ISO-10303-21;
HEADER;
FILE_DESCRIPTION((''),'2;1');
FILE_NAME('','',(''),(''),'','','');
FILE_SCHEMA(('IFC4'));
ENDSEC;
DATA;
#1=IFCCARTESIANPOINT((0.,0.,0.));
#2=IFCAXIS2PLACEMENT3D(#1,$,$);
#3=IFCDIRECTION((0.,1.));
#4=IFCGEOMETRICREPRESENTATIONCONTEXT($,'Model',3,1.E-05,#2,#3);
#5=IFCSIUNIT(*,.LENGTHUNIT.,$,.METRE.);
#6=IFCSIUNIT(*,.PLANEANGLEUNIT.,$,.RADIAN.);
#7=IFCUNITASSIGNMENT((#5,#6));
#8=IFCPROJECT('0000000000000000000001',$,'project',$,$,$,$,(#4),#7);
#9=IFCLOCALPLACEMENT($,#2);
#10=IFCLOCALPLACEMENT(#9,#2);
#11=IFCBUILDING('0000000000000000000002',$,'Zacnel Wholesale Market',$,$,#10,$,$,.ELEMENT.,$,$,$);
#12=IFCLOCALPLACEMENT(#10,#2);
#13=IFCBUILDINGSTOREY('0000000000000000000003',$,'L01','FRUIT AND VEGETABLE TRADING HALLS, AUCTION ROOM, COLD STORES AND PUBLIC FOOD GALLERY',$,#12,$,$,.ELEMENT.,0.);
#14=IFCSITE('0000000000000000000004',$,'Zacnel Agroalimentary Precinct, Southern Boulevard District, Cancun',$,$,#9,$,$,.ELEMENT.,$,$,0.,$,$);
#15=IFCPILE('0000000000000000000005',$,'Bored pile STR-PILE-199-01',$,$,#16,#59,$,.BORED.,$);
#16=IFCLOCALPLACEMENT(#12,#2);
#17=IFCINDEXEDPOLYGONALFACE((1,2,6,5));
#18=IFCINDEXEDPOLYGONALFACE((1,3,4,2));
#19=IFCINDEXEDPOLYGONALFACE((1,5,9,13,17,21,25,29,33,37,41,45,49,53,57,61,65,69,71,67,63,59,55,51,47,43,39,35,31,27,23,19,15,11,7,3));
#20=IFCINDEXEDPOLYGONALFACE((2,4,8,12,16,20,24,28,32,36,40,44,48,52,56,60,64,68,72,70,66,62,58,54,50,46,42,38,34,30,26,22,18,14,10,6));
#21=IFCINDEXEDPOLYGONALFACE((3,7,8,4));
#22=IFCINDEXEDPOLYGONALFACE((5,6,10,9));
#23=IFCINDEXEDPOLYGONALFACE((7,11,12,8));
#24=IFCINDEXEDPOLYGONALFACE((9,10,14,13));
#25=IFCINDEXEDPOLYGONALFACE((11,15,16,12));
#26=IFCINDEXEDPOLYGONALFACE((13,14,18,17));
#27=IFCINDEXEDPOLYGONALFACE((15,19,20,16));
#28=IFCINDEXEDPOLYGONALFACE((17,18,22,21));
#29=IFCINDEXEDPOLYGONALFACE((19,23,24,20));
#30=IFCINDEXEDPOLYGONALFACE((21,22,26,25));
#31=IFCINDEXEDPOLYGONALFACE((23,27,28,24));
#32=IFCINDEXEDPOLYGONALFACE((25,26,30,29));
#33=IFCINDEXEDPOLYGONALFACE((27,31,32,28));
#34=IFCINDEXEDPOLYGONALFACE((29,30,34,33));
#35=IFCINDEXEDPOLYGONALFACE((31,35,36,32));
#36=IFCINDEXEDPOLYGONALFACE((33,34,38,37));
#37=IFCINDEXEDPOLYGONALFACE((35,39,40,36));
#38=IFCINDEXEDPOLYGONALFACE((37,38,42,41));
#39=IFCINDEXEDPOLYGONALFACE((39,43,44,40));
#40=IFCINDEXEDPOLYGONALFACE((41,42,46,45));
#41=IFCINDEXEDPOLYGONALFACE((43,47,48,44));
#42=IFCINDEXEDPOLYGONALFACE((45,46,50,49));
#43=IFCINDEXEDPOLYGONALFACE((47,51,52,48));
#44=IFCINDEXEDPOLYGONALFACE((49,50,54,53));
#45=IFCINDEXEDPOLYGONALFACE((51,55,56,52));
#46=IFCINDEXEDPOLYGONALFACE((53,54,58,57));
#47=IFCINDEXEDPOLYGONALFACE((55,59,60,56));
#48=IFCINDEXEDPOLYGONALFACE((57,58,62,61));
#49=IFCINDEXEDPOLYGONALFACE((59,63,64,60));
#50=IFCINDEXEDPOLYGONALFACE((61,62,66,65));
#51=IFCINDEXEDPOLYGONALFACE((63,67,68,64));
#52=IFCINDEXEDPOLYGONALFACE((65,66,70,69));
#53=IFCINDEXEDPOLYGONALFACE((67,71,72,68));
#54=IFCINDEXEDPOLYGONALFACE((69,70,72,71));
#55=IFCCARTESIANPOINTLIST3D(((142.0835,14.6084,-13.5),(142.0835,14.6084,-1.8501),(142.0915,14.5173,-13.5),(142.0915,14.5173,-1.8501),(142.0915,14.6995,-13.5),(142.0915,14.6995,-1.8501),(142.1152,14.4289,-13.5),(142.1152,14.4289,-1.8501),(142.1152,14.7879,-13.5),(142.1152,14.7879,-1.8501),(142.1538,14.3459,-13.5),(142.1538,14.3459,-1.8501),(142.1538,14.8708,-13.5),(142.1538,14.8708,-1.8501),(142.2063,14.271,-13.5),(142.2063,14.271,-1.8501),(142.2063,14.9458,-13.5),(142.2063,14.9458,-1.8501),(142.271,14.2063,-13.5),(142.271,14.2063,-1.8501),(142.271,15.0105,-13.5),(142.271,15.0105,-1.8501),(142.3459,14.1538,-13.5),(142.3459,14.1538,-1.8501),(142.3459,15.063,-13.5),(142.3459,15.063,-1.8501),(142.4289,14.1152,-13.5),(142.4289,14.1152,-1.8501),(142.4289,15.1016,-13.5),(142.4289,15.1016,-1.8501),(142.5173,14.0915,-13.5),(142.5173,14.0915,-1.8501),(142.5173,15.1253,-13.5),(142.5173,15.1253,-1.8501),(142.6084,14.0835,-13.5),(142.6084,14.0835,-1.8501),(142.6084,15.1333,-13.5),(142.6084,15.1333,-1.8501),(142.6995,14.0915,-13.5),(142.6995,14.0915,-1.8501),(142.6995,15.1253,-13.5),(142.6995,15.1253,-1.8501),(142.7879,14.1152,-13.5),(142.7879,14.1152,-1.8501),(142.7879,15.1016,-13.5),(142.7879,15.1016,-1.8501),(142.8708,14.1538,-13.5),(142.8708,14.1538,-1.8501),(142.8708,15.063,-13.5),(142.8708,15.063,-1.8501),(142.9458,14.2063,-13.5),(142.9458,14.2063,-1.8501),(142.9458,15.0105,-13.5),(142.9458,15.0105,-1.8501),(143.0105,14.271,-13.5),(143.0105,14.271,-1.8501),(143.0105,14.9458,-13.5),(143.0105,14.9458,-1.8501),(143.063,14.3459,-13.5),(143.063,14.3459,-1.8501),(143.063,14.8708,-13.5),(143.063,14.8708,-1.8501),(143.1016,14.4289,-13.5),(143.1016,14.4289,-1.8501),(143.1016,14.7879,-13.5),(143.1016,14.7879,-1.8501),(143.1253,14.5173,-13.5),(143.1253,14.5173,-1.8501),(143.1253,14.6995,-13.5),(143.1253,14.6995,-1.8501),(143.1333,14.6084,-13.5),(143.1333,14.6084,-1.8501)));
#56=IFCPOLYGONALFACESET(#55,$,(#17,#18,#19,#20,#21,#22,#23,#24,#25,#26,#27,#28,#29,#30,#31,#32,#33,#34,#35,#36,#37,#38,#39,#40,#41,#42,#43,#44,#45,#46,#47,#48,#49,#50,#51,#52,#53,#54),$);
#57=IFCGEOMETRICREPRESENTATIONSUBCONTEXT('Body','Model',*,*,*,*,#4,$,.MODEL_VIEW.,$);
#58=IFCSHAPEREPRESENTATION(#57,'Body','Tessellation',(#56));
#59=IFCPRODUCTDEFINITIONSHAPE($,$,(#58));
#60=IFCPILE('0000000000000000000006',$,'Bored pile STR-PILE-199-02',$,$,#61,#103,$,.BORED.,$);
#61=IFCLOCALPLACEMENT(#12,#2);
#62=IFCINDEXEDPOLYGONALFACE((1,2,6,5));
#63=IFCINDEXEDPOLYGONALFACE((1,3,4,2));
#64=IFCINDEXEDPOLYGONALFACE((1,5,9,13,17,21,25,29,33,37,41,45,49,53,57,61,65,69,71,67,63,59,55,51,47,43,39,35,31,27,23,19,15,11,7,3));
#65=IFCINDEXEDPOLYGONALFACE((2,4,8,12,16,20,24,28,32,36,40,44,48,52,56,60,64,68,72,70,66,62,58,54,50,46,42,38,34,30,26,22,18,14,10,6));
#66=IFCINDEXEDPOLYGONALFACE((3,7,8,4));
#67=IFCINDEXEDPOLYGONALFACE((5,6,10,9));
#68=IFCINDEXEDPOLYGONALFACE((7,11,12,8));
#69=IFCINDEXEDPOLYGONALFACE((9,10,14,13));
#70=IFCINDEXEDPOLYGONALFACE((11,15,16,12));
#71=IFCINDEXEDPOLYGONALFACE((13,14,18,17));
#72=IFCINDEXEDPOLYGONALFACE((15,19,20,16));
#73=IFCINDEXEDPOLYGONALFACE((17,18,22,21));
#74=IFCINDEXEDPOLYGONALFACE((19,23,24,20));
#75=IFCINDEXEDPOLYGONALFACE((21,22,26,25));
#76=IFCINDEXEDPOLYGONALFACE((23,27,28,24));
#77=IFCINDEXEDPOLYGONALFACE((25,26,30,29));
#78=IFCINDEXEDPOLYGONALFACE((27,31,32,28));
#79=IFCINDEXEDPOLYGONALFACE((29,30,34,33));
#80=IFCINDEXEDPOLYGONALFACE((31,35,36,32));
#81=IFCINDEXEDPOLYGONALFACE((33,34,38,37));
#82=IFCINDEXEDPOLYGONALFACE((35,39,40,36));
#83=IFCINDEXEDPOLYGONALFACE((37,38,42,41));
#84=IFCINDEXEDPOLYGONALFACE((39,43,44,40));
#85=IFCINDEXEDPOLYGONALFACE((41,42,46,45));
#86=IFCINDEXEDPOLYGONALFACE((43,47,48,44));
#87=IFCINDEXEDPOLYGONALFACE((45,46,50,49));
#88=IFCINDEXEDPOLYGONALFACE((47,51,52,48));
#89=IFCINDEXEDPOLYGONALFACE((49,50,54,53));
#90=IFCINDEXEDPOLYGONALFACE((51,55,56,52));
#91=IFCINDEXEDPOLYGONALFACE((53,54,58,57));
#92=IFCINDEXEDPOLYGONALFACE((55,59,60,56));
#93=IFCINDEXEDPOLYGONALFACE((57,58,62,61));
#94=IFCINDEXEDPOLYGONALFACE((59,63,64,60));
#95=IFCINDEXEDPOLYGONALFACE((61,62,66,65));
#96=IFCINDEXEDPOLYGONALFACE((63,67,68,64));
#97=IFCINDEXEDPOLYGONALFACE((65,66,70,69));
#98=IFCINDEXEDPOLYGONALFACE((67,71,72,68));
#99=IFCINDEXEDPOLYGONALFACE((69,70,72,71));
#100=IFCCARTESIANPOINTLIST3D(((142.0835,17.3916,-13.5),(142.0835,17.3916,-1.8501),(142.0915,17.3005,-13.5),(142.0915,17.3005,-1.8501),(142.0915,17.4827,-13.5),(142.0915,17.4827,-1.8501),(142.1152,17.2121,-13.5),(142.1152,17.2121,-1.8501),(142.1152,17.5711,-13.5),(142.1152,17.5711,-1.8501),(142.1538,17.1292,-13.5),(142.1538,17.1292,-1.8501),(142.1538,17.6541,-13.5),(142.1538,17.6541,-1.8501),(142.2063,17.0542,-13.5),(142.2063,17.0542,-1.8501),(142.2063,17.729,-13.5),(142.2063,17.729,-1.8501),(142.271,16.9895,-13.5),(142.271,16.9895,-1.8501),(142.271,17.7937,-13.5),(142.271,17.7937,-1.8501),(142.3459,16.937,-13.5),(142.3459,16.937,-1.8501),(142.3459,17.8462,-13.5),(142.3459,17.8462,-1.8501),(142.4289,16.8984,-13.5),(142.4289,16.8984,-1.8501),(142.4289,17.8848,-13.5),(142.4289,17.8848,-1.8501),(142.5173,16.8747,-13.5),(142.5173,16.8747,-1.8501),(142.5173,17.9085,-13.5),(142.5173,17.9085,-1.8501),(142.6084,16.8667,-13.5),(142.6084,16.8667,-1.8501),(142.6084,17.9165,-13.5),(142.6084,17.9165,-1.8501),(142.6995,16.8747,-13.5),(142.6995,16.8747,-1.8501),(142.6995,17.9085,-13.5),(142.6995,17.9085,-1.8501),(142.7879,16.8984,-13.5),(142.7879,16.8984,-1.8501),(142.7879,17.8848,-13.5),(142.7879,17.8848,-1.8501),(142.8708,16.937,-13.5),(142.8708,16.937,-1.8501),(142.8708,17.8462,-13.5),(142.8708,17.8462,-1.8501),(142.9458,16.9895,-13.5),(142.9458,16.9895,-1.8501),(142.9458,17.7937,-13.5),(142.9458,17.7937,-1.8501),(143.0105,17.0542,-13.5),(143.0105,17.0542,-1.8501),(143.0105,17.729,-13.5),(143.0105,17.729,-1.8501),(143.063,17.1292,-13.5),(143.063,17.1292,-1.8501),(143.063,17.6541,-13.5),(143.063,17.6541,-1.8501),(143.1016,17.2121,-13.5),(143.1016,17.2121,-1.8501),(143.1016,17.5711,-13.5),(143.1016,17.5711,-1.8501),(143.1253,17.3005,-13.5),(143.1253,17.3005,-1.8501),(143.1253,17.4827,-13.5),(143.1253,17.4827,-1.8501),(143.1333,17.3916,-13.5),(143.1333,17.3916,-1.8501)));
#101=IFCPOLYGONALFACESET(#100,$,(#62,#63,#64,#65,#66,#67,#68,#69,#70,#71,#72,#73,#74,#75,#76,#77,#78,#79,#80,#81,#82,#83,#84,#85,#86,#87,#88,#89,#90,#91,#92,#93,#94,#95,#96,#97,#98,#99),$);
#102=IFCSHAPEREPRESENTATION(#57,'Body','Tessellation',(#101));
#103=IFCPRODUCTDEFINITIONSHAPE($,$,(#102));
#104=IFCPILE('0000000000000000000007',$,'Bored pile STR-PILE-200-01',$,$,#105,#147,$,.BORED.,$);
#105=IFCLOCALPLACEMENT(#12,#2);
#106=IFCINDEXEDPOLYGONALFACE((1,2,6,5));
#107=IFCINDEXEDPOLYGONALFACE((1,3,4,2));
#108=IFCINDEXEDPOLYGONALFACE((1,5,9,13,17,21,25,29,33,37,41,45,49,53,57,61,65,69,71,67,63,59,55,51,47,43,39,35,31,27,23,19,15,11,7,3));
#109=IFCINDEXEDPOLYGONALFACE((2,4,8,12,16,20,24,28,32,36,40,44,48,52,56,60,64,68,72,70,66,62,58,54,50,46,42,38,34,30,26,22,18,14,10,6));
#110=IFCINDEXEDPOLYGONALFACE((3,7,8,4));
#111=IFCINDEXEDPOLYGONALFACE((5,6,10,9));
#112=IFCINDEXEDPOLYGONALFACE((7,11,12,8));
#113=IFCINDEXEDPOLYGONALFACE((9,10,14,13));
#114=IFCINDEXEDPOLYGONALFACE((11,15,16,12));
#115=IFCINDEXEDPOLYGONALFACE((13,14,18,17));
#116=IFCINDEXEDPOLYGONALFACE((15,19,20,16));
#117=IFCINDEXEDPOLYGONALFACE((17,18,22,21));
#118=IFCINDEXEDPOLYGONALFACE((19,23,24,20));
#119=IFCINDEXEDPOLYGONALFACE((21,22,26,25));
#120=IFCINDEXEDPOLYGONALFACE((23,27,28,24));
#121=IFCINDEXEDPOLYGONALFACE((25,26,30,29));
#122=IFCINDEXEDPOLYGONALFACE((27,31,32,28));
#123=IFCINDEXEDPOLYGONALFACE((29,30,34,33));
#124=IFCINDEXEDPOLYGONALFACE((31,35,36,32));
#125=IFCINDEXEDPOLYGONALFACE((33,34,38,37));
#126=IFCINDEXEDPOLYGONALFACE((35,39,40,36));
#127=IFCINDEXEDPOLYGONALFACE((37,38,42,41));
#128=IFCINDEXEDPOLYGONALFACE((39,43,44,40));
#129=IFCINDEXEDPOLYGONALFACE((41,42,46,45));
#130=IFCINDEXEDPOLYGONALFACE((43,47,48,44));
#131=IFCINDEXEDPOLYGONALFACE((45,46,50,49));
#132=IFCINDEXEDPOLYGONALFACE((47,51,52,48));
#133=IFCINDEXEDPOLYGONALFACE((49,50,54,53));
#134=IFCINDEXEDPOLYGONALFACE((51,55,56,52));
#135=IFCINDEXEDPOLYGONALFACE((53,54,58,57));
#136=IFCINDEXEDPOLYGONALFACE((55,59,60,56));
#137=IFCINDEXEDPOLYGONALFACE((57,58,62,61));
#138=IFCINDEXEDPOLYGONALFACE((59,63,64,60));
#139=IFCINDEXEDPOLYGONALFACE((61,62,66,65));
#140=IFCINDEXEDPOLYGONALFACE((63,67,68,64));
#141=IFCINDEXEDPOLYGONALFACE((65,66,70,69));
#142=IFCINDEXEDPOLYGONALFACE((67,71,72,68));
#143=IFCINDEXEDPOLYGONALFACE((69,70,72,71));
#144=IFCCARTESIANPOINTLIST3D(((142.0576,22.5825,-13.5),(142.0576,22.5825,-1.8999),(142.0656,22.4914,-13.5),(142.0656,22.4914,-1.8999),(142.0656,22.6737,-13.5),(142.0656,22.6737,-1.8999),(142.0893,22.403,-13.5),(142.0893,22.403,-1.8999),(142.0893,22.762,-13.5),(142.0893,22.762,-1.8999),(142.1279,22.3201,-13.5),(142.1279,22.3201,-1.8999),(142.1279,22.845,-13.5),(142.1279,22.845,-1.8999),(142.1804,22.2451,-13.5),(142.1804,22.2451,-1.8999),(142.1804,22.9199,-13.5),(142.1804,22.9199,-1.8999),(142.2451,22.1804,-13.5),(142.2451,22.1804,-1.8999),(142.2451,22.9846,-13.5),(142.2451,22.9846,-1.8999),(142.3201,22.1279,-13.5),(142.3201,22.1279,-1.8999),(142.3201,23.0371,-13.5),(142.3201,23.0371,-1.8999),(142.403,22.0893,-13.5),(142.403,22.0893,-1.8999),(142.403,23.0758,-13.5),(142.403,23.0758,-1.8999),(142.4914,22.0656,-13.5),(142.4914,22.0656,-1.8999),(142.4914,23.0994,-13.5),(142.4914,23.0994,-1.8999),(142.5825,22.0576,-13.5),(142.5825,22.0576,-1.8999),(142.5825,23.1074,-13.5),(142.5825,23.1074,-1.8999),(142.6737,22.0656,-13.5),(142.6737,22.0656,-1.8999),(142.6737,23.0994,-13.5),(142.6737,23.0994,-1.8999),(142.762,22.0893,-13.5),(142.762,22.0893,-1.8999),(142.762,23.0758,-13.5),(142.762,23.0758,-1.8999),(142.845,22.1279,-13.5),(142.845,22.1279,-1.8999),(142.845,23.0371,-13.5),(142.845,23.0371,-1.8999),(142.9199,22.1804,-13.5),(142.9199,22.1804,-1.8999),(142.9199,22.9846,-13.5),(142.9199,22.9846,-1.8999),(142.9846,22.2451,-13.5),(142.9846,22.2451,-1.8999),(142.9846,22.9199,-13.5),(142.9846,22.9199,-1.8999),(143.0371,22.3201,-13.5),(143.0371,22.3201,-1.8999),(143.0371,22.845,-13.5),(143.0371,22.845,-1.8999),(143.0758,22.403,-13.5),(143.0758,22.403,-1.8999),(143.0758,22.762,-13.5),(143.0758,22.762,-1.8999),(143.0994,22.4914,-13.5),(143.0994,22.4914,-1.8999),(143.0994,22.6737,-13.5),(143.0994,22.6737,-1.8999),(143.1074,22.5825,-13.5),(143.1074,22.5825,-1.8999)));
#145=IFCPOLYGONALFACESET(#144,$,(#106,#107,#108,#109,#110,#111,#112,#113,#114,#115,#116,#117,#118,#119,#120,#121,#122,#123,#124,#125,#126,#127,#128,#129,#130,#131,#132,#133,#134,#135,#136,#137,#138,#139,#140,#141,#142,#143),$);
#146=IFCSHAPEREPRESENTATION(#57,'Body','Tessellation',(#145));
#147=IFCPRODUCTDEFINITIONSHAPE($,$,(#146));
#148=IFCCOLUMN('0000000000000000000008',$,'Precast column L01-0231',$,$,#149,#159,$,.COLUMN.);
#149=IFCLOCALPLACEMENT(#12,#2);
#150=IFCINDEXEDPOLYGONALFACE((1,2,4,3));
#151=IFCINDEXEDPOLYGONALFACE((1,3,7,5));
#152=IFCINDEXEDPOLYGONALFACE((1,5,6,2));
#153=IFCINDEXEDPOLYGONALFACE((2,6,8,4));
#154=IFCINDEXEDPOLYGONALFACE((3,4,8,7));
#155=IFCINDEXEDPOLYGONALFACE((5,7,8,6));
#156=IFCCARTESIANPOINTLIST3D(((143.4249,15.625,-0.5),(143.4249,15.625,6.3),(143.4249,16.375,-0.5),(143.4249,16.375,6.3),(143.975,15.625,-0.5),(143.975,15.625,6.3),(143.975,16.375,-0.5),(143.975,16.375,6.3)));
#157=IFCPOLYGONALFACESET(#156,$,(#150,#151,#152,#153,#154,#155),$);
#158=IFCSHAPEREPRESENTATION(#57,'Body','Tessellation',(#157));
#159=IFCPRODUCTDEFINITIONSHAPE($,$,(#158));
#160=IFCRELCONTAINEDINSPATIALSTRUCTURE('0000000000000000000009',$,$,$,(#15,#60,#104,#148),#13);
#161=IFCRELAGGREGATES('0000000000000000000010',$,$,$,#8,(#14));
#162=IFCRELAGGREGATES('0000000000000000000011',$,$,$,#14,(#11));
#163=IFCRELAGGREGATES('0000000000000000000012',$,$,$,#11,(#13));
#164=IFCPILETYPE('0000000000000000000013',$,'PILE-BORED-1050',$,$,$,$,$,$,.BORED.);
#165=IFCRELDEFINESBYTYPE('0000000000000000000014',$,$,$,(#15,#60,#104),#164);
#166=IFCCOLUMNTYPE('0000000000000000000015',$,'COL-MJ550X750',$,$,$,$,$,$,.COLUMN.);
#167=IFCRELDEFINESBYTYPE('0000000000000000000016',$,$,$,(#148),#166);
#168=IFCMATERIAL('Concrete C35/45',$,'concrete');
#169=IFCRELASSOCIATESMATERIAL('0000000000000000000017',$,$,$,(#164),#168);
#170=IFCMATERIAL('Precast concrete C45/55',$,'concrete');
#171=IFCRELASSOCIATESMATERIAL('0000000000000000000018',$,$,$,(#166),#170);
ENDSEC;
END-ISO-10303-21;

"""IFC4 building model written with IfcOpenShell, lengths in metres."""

from ifc_helpers import new_model, si_unit, direction, frame, origin, origin_2d, place, context, subcontext, project, spatial, rectangle, circle, extrude, material, material_profile, profile_set, type_object, element, save


model = new_model("IFC4")

# Units and contexts
model_context = context("Model", 3, precision=1e-05, world=origin(), true_north=direction((0.0, 1.0)))
body_context = subcontext(model_context, "Body", "Model", "MODEL_VIEW")
ifc_project = project(units=[si_unit("LENGTHUNIT", "METRE"), si_unit("PLANEANGLEUNIT", "RADIAN")], contexts=[model_context])

# Site, building, storey
site_placement = place(None, origin())
site = spatial("IfcSite", under=ifc_project, at=site_placement, Name="Zacnel Agroalimentary Precinct, Southern Boulevard District, Cancun", CompositionType="ELEMENT", RefElevation=0.0)
building_placement = place(site_placement, origin())
building = spatial("IfcBuilding", under=site, at=building_placement, Name="Zacnel Wholesale Market", CompositionType="ELEMENT")
storey_placement = place(building_placement, origin())
storey = spatial("IfcBuildingStorey", under=building, at=storey_placement, Name="L01", Description="FRUIT AND VEGETABLE TRADING HALLS, AUCTION ROOM, COLD STORES AND PUBLIC FOOD GALLERY", CompositionType="ELEMENT", Elevation=0.0)

# Piles
ifc_material_1 = material(Name="Concrete C35/45", Category="concrete")
ifc_material_profile_1 = material_profile(ifc_material_1, circle(Radius=0.5249, at=origin_2d()), Name="BORED PILE D1050")
ifc_profile_set_1 = profile_set([ifc_material_profile_1], Name="Concrete C35/45")
pile_type = type_object("IfcPileType", Name="PILE-BORED-1050", PredefinedType="BORED", material=ifc_profile_set_1)
for number, where, z_axis, x_axis, name in (
    (1, (142.6084, 14.6084, -1.8501), (0.0, 0.0, -1.0), (1.0, 0.0, 0.0), "Bored pile STR-PILE-199-01"),
    (2, (142.6084, 17.3916, -1.8501), (0.0, 0.0, -1.0), (1.0, 0.0, 0.0), "Bored pile STR-PILE-199-02"),
):
    element("IfcPile", number, at=place(storey_placement, frame(where, z_axis=z_axis, x_axis=x_axis)), inside=storey, type_object=pile_type, Name=name, PredefinedType="BORED", context=body_context, shape_type="SweptSolid", body=[
        extrude(circle(Radius=0.5249, at=origin_2d()), origin(), (0.0, 0.0, 1.0), 11.6499),
    ])
pile_placement = place(storey_placement, frame((142.5825, 22.5825, -1.8999), z_axis=(0.0, 0.0, -1.0), x_axis=(1.0, 0.0, 0.0)))
element("IfcPile", 3, at=pile_placement, inside=storey, type_object=pile_type, Name="Bored pile STR-PILE-200-01", PredefinedType="BORED", context=body_context, shape_type="SweptSolid", body=[
    extrude(circle(Radius=0.5249, at=origin_2d()), origin(), (0.0, 0.0, 1.0), 11.6001),
])

# Column
ifc_material_2 = material(Name="Precast concrete C45/55", Category="concrete")
ifc_material_profile_2 = material_profile(ifc_material_2, rectangle(XDim=0.55, YDim=0.75, at=origin_2d()), Name="PC 550x750")
ifc_profile_set_2 = profile_set([ifc_material_profile_2], Name="Precast concrete C45/55")
column_type_1 = type_object("IfcColumnType", Name="COL-MJ550X750", PredefinedType="COLUMN", material=ifc_profile_set_2)
column_placement = place(storey_placement, frame((143.7, 16.0, -0.5), z_axis=(0.0, 0.0, 1.0), x_axis=(1.0, 0.0, 0.0)))
element("IfcColumn", 4, at=column_placement, inside=storey, type_object=column_type_1, Name="Precast column L01-0231", PredefinedType="COLUMN", context=body_context, shape_type="SweptSolid", body=[
    extrude(rectangle(XDim=0.55, YDim=0.75, at=origin_2d()), origin(), (0.0, 0.0, 1.0), 6.8),
])

save(model, "model.ifc")
